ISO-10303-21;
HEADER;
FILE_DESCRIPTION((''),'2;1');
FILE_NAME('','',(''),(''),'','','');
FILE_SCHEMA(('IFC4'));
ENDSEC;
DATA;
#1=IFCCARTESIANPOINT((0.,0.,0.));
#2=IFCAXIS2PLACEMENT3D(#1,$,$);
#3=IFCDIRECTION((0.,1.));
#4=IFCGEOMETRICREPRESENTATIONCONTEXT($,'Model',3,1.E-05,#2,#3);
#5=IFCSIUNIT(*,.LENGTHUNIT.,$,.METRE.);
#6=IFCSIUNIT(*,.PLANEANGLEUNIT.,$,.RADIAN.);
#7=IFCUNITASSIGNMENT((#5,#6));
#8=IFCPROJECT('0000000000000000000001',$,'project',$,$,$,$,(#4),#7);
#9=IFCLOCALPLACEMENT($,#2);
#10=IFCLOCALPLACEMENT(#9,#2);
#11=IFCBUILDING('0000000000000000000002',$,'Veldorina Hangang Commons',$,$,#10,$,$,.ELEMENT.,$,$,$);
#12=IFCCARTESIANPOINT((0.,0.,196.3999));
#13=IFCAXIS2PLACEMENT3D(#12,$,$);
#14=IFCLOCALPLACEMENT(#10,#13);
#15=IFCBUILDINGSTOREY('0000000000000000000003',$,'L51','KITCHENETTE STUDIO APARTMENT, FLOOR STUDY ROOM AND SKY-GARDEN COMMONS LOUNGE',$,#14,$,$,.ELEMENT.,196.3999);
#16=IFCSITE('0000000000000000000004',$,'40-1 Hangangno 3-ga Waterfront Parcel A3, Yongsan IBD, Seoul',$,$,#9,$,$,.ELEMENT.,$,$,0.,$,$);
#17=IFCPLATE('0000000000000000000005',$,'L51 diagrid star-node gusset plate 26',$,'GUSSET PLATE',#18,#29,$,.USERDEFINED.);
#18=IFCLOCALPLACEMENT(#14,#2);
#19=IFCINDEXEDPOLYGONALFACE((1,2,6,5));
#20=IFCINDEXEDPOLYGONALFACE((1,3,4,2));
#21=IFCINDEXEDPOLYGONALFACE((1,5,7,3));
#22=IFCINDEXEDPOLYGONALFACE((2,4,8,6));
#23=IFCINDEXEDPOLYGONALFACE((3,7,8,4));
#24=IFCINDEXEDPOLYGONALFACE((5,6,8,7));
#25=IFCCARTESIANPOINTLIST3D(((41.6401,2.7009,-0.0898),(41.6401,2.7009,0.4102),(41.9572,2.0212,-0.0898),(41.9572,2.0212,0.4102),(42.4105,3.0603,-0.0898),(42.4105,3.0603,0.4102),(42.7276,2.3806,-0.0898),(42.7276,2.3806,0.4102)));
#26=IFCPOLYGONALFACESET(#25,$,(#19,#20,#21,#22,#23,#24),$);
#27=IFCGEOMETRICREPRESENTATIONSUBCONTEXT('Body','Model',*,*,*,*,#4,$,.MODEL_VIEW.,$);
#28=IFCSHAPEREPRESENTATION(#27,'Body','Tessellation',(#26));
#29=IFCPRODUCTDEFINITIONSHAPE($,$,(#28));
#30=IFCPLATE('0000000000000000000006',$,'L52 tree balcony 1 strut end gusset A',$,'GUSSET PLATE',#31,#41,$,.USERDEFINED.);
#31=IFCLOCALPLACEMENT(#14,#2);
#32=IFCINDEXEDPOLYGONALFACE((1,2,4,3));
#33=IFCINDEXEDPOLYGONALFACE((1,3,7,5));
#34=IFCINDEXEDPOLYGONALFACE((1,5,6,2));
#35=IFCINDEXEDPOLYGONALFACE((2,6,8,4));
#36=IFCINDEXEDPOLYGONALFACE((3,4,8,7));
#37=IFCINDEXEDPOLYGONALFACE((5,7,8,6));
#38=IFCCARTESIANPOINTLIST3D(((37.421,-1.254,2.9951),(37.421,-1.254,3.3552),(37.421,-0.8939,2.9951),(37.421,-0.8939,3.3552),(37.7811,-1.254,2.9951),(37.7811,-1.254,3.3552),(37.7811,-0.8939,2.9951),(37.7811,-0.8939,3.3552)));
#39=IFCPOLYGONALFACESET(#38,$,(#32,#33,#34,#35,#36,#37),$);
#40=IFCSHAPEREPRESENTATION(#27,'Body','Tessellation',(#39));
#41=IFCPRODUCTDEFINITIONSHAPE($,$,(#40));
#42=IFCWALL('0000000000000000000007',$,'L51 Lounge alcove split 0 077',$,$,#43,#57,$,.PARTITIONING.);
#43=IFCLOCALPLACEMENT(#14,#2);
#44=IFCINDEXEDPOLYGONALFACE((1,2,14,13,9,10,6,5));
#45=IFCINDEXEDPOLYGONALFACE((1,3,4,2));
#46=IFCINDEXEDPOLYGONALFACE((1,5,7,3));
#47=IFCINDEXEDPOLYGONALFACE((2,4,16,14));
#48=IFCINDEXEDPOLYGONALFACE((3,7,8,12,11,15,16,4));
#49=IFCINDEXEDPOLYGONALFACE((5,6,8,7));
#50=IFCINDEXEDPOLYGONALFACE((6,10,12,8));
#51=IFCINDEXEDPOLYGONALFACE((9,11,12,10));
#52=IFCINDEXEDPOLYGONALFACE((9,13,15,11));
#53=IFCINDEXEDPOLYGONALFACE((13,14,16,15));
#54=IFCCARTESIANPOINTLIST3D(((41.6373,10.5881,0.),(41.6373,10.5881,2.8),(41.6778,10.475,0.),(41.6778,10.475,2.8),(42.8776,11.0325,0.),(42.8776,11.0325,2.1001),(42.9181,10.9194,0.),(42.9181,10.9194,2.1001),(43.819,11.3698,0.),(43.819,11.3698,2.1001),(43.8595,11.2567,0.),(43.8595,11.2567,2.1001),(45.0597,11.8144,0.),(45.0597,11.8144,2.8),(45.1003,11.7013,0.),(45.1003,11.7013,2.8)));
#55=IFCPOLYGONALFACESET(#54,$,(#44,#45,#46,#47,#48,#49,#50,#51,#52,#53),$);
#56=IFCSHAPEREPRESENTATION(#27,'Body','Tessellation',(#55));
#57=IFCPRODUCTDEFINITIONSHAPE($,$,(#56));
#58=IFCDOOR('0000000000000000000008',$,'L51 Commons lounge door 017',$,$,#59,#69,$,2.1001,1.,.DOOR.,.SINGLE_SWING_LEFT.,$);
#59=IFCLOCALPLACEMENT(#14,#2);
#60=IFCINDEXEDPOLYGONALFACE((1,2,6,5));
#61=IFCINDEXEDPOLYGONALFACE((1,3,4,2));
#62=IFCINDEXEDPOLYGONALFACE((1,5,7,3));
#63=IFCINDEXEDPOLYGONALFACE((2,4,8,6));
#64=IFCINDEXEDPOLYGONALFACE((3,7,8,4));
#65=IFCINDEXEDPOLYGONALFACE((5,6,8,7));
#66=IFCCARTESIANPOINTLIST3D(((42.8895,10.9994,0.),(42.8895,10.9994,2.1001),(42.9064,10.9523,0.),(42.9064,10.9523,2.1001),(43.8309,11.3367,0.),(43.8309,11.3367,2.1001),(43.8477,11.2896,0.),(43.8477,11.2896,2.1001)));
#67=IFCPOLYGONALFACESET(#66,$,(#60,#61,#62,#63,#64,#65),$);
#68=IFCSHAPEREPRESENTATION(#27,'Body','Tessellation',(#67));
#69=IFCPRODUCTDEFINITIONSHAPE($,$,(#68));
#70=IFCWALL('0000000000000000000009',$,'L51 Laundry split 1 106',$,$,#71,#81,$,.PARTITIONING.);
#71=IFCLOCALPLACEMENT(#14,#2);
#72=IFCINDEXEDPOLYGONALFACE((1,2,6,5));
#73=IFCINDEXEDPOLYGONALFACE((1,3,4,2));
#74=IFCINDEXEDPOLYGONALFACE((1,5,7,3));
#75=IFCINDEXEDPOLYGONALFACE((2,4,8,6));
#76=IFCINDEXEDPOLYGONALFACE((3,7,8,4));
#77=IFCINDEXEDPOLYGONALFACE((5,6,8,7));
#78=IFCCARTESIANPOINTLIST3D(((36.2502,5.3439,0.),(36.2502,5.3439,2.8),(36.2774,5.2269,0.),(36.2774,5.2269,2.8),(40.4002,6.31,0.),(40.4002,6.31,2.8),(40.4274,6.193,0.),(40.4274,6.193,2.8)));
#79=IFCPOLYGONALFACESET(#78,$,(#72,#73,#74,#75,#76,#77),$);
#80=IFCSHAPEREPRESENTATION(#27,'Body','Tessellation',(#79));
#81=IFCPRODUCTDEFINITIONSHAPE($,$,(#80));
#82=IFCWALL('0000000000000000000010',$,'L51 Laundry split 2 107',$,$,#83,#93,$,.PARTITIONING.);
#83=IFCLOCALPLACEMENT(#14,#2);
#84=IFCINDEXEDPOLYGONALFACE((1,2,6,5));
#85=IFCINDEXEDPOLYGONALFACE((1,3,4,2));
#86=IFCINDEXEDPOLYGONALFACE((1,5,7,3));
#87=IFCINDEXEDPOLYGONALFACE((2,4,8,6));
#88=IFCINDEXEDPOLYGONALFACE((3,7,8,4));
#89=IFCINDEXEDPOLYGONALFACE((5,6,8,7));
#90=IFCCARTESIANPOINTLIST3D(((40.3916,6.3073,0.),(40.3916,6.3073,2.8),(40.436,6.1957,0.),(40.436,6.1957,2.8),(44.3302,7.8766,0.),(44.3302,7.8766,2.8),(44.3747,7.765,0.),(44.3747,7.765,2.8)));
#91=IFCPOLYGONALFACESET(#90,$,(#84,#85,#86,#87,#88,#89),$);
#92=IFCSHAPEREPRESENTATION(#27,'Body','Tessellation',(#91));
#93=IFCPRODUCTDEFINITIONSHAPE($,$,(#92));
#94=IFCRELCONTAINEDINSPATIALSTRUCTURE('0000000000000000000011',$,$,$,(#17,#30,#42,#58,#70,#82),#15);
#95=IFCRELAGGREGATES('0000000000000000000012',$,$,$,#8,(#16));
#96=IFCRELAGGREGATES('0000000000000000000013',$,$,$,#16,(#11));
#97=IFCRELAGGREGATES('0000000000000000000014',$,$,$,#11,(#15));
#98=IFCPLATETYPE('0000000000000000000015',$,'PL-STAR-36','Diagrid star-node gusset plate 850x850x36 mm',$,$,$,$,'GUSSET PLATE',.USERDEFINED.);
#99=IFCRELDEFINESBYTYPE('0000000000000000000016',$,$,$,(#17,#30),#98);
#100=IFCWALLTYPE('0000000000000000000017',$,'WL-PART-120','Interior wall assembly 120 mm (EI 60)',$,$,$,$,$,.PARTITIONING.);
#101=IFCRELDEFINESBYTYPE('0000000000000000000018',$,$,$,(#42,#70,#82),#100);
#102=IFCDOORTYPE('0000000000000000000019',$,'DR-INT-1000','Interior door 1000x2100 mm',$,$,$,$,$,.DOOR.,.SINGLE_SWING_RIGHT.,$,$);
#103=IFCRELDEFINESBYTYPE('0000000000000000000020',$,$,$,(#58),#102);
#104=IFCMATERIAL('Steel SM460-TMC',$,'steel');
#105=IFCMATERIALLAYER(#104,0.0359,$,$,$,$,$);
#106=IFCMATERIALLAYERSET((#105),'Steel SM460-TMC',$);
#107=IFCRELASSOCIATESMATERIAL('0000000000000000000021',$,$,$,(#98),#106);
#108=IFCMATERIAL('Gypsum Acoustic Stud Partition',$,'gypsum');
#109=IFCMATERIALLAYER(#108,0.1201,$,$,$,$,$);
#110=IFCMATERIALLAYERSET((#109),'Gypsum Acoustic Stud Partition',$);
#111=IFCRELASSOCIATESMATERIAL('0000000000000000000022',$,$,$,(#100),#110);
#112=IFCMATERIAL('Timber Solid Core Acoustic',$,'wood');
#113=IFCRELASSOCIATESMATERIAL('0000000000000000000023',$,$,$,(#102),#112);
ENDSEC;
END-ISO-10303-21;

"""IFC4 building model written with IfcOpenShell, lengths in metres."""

from ifc_helpers import new_model, si_unit, direction, frame, frame_2d, origin, origin_2d, place, context, subcontext, project, spatial, rectangle, extrude, material, layer, layer_set, type_object, element, fill, save


model = new_model("IFC4")

# Units and contexts
model_context = context("Model", 3, precision=1e-05, world=origin(), true_north=direction((0.0, 1.0)))
body_context = subcontext(model_context, "Body", "Model", "MODEL_VIEW")
ifc_project = project(units=[si_unit("LENGTHUNIT", "METRE"), si_unit("PLANEANGLEUNIT", "RADIAN")], contexts=[model_context])

# Site, building, storey
site_placement = place(None, origin())
site = spatial("IfcSite", under=ifc_project, at=site_placement, Name="40-1 Hangangno 3-ga Waterfront Parcel A3, Yongsan IBD, Seoul", CompositionType="ELEMENT", RefElevation=0.0)
building_placement = place(site_placement, origin())
building = spatial("IfcBuilding", under=site, at=building_placement, Name="Veldorina Hangang Commons", CompositionType="ELEMENT")
storey_placement = place(building_placement, frame((0.0, 0.0, 196.3999)))
storey = spatial("IfcBuildingStorey", under=building, at=storey_placement, Name="L51", Description="KITCHENETTE STUDIO APARTMENT, FLOOR STUDY ROOM AND SKY-GARDEN COMMONS LOUNGE", CompositionType="ELEMENT", Elevation=196.3999)

# Plates
ifc_material_1 = material(Name="Steel SM460-TMC", Category="steel")
ifc_layer_1 = layer(ifc_material_1, 0.0359)
ifc_layer_set_1 = layer_set([ifc_layer_1], Name="Steel SM460-TMC")
plate_type_1 = type_object("IfcPlateType", Name="PL-STAR-36", Description="Diagrid star-node gusset plate 850x850x36 mm", ElementType="GUSSET PLATE", PredefinedType="USERDEFINED", material=ifc_layer_set_1)
plate_1_placement = place(storey_placement, frame((42.1838, 2.5408, -0.0898), z_axis=(0.0, 0.0, 1.0), x_axis=(0.906234, 0.422776, 0.0)))
element("IfcPlate", 1, at=plate_1_placement, inside=storey, type_object=plate_type_1, Name="L51 diagrid star-node gusset plate 26", ObjectType="GUSSET PLATE", PredefinedType="USERDEFINED", context=body_context, shape_type="SweptSolid", body=[
    extrude(rectangle(XDim=0.8501, YDim=0.75, at=origin_2d()), origin(), (0.0, 0.0, 1.0), 0.5),
])
plate_2_placement = place(storey_placement, frame((37.6011, -1.074, 2.9951), z_axis=(0.0, 0.0, 1.0), x_axis=(1.0, 0.0, 0.0)))
element("IfcPlate", 2, at=plate_2_placement, inside=storey, type_object=plate_type_1, Name="L52 tree balcony 1 strut end gusset A", ObjectType="GUSSET PLATE", PredefinedType="USERDEFINED", context=body_context, shape_type="SweptSolid", body=[
    extrude(rectangle(XDim=0.3601, YDim=0.3601, at=origin_2d()), origin(), (0.0, 0.0, 1.0), 0.3601),
])

# Wall, opening, door
ifc_material_2 = material(Name="Gypsum Acoustic Stud Partition", Category="gypsum")
ifc_layer_2 = layer(ifc_material_2, 0.1201)
ifc_layer_set_2 = layer_set([ifc_layer_2], Name="Gypsum Acoustic Stud Partition")
wall_type = type_object("IfcWallType", Name="WL-PART-120", Description="Interior wall assembly 120 mm (EI 60)", PredefinedType="PARTITIONING", material=ifc_layer_set_2)
wall_1_placement = place(storey_placement, frame((41.6575, 10.5315, 0.0), z_axis=(0.0, 0.0, 1.0), x_axis=(0.941389, 0.337323, 0.0)))
wall_1 = element("IfcWall", 3, at=wall_1_placement, inside=storey, type_object=wall_type, Name="L51 Lounge alcove split 0 077", PredefinedType="PARTITIONING", context=body_context, shape_type="SweptSolid", body=[
    extrude(rectangle(XDim=3.6355, YDim=0.1201, at=frame_2d((1.8179, 0.0))), origin(), (0.0, 0.0, 1.0), 2.8),
])
opening_placement = place(wall_1_placement, frame((1.3176, 0.0, 0.0)))
opening = element("IfcOpeningElement", 4, at=opening_placement, cuts=wall_1, PredefinedType="OPENING", context=body_context, shape_type="SweptSolid", body=[
    extrude(rectangle(XDim=1.0, YDim=2.1001, at=frame_2d((0.5, 1.05))), frame((0.0, 0.0701, 0.0), z_axis=(0.0, -1.0, 0.0), x_axis=(1.0, 0.0, 0.0)), (0.0, 0.0, 1.0), 0.1401),
])
ifc_material_3 = material(Name="Timber Solid Core Acoustic", Category="wood")
door_type = type_object("IfcDoorType", Name="DR-INT-1000", Description="Interior door 1000x2100 mm", OperationType="SINGLE_SWING_RIGHT", PredefinedType="DOOR", material=ifc_material_3)
door_placement = place(opening_placement, origin())
door = element("IfcDoor", 5, at=door_placement, inside=storey, type_object=door_type, Name="L51 Commons lounge door 017", OperationType="SINGLE_SWING_LEFT", OverallHeight=2.1001, OverallWidth=1.0, PredefinedType="DOOR", context=body_context, shape_type="SweptSolid", body=[
    extrude(rectangle(XDim=1.0, YDim=2.1001, at=frame_2d((0.5, 1.05))), frame((0.0, 0.0249, 0.0), z_axis=(0.0, -1.0, 0.0), x_axis=(1.0, 0.0, 0.0)), (0.0, 0.0, 1.0), 0.05),
])
fill(opening, door)

# Walls
wall_2_placement = place(storey_placement, frame((36.2639, 5.2854, 0.0), z_axis=(0.0, 0.0, 1.0), x_axis=(0.973958, 0.22673, 0.0)))
element("IfcWall", 6, at=wall_2_placement, inside=storey, type_object=wall_type, Name="L51 Laundry split 1 106", PredefinedType="PARTITIONING", context=body_context, shape_type="SweptSolid", body=[
    extrude(rectangle(XDim=4.261, YDim=0.1201, at=frame_2d((2.1304, 0.0))), origin(), (0.0, 0.0, 1.0), 2.8),
])
wall_3_placement = place(storey_placement, frame((40.4138, 6.2515, 0.0), z_axis=(0.0, 0.0, 1.0), x_axis=(0.928976, 0.370139, 0.0)))
element("IfcWall", 7, at=wall_3_placement, inside=storey, type_object=wall_type, Name="L51 Laundry split 2 107", PredefinedType="PARTITIONING", context=body_context, shape_type="SweptSolid", body=[
    extrude(rectangle(XDim=4.2397, YDim=0.1201, at=frame_2d((2.1199, 0.0))), origin(), (0.0, 0.0, 1.0), 2.8),
])

save(model, "model.ifc")
